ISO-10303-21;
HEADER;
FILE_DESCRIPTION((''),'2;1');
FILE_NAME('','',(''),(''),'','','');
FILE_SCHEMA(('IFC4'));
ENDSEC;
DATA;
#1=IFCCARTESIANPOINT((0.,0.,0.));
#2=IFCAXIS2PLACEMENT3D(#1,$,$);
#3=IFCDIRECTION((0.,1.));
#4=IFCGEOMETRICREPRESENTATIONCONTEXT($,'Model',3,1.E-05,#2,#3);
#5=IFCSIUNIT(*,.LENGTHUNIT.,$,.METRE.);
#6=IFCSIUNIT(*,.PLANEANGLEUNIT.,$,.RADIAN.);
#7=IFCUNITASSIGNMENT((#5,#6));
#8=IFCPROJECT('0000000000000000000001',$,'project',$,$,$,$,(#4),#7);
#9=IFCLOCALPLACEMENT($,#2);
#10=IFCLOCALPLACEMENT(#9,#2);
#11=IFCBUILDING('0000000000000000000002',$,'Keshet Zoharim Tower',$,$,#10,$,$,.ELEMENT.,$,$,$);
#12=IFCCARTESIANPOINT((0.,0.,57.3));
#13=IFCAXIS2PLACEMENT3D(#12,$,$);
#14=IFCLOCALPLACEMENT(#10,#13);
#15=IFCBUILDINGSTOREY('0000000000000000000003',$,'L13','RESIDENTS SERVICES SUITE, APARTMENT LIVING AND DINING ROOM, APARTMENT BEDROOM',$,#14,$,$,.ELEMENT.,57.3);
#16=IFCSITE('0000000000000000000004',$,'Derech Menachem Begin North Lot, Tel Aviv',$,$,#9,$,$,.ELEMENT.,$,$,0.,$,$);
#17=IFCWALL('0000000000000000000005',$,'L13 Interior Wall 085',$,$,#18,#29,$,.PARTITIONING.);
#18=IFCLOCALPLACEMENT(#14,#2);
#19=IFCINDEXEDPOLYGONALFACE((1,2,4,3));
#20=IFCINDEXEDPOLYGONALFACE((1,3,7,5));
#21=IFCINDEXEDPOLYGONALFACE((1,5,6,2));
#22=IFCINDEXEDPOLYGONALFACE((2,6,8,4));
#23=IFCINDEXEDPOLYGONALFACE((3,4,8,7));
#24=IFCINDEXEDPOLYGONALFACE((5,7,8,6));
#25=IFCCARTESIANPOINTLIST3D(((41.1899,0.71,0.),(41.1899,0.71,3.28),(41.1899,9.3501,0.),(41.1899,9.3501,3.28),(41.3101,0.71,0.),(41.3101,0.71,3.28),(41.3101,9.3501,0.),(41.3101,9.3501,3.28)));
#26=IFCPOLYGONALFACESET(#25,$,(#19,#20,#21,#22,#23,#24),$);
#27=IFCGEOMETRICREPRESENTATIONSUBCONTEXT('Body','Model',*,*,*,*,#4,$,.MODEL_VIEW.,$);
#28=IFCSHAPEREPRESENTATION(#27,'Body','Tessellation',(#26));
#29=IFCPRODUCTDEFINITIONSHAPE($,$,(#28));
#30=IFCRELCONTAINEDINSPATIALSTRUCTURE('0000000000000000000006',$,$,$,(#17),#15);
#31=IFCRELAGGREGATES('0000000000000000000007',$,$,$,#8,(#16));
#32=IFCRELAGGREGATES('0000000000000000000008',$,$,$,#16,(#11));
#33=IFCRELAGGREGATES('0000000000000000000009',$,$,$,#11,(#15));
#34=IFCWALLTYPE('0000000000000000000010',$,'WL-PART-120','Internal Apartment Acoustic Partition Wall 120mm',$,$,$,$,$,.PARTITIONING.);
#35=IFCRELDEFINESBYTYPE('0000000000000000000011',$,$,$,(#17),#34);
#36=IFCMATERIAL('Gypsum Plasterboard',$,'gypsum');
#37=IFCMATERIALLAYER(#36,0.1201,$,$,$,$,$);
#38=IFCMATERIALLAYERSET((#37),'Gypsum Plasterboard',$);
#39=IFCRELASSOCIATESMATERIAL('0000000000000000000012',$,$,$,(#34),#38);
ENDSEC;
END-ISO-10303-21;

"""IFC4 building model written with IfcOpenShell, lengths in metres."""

from ifc_helpers import new_model, si_unit, direction, frame, frame_2d, origin, place, context, subcontext, project, spatial, rectangle, extrude, material, layer, layer_set, type_object, element, save


model = new_model("IFC4")

# Units and contexts
model_context = context("Model", 3, precision=1e-05, world=origin(), true_north=direction((0.0, 1.0)))
body_context = subcontext(model_context, "Body", "Model", "MODEL_VIEW")
ifc_project = project(units=[si_unit("LENGTHUNIT", "METRE"), si_unit("PLANEANGLEUNIT", "RADIAN")], contexts=[model_context])

# Site, building, storey
site_placement = place(None, origin())
site = spatial("IfcSite", under=ifc_project, at=site_placement, Name="Derech Menachem Begin North Lot, Tel Aviv", CompositionType="ELEMENT", RefElevation=0.0)
building_placement = place(site_placement, origin())
building = spatial("IfcBuilding", under=site, at=building_placement, Name="Keshet Zoharim Tower", CompositionType="ELEMENT")
storey_placement = place(building_placement, frame((0.0, 0.0, 57.3)))
storey = spatial("IfcBuildingStorey", under=building, at=storey_placement, Name="L13", Description="RESIDENTS SERVICES SUITE, APARTMENT LIVING AND DINING ROOM, APARTMENT BEDROOM", CompositionType="ELEMENT", Elevation=57.3)

# Wall
ifc_material_1 = material(Name="Gypsum Plasterboard", Category="gypsum")
ifc_layer_1 = layer(ifc_material_1, 0.1201)
ifc_layer_set_1 = layer_set([ifc_layer_1], Name="Gypsum Plasterboard")
wall_type = type_object("IfcWallType", Name="WL-PART-120", Description="Internal Apartment Acoustic Partition Wall 120mm", PredefinedType="PARTITIONING", material=ifc_layer_set_1)
for number, where, z_axis, x_axis, name in (
    (1, (41.25, 0.71, 0.0), (0.0, 0.0, 1.0), (0.0, 1.0, 0.0), "L13 Interior Wall 085"),
):
    element("IfcWall", number, at=place(storey_placement, frame(where, z_axis=z_axis, x_axis=x_axis)), inside=storey, type_object=wall_type, Name=name, PredefinedType="PARTITIONING", context=body_context, shape_type="SweptSolid", body=[
        extrude(rectangle(XDim=8.6401, YDim=0.1201, at=frame_2d((4.3201, 0.0))), origin(), (0.0, 0.0, 1.0), 3.28),
    ])

save(model, "model.ifc")
